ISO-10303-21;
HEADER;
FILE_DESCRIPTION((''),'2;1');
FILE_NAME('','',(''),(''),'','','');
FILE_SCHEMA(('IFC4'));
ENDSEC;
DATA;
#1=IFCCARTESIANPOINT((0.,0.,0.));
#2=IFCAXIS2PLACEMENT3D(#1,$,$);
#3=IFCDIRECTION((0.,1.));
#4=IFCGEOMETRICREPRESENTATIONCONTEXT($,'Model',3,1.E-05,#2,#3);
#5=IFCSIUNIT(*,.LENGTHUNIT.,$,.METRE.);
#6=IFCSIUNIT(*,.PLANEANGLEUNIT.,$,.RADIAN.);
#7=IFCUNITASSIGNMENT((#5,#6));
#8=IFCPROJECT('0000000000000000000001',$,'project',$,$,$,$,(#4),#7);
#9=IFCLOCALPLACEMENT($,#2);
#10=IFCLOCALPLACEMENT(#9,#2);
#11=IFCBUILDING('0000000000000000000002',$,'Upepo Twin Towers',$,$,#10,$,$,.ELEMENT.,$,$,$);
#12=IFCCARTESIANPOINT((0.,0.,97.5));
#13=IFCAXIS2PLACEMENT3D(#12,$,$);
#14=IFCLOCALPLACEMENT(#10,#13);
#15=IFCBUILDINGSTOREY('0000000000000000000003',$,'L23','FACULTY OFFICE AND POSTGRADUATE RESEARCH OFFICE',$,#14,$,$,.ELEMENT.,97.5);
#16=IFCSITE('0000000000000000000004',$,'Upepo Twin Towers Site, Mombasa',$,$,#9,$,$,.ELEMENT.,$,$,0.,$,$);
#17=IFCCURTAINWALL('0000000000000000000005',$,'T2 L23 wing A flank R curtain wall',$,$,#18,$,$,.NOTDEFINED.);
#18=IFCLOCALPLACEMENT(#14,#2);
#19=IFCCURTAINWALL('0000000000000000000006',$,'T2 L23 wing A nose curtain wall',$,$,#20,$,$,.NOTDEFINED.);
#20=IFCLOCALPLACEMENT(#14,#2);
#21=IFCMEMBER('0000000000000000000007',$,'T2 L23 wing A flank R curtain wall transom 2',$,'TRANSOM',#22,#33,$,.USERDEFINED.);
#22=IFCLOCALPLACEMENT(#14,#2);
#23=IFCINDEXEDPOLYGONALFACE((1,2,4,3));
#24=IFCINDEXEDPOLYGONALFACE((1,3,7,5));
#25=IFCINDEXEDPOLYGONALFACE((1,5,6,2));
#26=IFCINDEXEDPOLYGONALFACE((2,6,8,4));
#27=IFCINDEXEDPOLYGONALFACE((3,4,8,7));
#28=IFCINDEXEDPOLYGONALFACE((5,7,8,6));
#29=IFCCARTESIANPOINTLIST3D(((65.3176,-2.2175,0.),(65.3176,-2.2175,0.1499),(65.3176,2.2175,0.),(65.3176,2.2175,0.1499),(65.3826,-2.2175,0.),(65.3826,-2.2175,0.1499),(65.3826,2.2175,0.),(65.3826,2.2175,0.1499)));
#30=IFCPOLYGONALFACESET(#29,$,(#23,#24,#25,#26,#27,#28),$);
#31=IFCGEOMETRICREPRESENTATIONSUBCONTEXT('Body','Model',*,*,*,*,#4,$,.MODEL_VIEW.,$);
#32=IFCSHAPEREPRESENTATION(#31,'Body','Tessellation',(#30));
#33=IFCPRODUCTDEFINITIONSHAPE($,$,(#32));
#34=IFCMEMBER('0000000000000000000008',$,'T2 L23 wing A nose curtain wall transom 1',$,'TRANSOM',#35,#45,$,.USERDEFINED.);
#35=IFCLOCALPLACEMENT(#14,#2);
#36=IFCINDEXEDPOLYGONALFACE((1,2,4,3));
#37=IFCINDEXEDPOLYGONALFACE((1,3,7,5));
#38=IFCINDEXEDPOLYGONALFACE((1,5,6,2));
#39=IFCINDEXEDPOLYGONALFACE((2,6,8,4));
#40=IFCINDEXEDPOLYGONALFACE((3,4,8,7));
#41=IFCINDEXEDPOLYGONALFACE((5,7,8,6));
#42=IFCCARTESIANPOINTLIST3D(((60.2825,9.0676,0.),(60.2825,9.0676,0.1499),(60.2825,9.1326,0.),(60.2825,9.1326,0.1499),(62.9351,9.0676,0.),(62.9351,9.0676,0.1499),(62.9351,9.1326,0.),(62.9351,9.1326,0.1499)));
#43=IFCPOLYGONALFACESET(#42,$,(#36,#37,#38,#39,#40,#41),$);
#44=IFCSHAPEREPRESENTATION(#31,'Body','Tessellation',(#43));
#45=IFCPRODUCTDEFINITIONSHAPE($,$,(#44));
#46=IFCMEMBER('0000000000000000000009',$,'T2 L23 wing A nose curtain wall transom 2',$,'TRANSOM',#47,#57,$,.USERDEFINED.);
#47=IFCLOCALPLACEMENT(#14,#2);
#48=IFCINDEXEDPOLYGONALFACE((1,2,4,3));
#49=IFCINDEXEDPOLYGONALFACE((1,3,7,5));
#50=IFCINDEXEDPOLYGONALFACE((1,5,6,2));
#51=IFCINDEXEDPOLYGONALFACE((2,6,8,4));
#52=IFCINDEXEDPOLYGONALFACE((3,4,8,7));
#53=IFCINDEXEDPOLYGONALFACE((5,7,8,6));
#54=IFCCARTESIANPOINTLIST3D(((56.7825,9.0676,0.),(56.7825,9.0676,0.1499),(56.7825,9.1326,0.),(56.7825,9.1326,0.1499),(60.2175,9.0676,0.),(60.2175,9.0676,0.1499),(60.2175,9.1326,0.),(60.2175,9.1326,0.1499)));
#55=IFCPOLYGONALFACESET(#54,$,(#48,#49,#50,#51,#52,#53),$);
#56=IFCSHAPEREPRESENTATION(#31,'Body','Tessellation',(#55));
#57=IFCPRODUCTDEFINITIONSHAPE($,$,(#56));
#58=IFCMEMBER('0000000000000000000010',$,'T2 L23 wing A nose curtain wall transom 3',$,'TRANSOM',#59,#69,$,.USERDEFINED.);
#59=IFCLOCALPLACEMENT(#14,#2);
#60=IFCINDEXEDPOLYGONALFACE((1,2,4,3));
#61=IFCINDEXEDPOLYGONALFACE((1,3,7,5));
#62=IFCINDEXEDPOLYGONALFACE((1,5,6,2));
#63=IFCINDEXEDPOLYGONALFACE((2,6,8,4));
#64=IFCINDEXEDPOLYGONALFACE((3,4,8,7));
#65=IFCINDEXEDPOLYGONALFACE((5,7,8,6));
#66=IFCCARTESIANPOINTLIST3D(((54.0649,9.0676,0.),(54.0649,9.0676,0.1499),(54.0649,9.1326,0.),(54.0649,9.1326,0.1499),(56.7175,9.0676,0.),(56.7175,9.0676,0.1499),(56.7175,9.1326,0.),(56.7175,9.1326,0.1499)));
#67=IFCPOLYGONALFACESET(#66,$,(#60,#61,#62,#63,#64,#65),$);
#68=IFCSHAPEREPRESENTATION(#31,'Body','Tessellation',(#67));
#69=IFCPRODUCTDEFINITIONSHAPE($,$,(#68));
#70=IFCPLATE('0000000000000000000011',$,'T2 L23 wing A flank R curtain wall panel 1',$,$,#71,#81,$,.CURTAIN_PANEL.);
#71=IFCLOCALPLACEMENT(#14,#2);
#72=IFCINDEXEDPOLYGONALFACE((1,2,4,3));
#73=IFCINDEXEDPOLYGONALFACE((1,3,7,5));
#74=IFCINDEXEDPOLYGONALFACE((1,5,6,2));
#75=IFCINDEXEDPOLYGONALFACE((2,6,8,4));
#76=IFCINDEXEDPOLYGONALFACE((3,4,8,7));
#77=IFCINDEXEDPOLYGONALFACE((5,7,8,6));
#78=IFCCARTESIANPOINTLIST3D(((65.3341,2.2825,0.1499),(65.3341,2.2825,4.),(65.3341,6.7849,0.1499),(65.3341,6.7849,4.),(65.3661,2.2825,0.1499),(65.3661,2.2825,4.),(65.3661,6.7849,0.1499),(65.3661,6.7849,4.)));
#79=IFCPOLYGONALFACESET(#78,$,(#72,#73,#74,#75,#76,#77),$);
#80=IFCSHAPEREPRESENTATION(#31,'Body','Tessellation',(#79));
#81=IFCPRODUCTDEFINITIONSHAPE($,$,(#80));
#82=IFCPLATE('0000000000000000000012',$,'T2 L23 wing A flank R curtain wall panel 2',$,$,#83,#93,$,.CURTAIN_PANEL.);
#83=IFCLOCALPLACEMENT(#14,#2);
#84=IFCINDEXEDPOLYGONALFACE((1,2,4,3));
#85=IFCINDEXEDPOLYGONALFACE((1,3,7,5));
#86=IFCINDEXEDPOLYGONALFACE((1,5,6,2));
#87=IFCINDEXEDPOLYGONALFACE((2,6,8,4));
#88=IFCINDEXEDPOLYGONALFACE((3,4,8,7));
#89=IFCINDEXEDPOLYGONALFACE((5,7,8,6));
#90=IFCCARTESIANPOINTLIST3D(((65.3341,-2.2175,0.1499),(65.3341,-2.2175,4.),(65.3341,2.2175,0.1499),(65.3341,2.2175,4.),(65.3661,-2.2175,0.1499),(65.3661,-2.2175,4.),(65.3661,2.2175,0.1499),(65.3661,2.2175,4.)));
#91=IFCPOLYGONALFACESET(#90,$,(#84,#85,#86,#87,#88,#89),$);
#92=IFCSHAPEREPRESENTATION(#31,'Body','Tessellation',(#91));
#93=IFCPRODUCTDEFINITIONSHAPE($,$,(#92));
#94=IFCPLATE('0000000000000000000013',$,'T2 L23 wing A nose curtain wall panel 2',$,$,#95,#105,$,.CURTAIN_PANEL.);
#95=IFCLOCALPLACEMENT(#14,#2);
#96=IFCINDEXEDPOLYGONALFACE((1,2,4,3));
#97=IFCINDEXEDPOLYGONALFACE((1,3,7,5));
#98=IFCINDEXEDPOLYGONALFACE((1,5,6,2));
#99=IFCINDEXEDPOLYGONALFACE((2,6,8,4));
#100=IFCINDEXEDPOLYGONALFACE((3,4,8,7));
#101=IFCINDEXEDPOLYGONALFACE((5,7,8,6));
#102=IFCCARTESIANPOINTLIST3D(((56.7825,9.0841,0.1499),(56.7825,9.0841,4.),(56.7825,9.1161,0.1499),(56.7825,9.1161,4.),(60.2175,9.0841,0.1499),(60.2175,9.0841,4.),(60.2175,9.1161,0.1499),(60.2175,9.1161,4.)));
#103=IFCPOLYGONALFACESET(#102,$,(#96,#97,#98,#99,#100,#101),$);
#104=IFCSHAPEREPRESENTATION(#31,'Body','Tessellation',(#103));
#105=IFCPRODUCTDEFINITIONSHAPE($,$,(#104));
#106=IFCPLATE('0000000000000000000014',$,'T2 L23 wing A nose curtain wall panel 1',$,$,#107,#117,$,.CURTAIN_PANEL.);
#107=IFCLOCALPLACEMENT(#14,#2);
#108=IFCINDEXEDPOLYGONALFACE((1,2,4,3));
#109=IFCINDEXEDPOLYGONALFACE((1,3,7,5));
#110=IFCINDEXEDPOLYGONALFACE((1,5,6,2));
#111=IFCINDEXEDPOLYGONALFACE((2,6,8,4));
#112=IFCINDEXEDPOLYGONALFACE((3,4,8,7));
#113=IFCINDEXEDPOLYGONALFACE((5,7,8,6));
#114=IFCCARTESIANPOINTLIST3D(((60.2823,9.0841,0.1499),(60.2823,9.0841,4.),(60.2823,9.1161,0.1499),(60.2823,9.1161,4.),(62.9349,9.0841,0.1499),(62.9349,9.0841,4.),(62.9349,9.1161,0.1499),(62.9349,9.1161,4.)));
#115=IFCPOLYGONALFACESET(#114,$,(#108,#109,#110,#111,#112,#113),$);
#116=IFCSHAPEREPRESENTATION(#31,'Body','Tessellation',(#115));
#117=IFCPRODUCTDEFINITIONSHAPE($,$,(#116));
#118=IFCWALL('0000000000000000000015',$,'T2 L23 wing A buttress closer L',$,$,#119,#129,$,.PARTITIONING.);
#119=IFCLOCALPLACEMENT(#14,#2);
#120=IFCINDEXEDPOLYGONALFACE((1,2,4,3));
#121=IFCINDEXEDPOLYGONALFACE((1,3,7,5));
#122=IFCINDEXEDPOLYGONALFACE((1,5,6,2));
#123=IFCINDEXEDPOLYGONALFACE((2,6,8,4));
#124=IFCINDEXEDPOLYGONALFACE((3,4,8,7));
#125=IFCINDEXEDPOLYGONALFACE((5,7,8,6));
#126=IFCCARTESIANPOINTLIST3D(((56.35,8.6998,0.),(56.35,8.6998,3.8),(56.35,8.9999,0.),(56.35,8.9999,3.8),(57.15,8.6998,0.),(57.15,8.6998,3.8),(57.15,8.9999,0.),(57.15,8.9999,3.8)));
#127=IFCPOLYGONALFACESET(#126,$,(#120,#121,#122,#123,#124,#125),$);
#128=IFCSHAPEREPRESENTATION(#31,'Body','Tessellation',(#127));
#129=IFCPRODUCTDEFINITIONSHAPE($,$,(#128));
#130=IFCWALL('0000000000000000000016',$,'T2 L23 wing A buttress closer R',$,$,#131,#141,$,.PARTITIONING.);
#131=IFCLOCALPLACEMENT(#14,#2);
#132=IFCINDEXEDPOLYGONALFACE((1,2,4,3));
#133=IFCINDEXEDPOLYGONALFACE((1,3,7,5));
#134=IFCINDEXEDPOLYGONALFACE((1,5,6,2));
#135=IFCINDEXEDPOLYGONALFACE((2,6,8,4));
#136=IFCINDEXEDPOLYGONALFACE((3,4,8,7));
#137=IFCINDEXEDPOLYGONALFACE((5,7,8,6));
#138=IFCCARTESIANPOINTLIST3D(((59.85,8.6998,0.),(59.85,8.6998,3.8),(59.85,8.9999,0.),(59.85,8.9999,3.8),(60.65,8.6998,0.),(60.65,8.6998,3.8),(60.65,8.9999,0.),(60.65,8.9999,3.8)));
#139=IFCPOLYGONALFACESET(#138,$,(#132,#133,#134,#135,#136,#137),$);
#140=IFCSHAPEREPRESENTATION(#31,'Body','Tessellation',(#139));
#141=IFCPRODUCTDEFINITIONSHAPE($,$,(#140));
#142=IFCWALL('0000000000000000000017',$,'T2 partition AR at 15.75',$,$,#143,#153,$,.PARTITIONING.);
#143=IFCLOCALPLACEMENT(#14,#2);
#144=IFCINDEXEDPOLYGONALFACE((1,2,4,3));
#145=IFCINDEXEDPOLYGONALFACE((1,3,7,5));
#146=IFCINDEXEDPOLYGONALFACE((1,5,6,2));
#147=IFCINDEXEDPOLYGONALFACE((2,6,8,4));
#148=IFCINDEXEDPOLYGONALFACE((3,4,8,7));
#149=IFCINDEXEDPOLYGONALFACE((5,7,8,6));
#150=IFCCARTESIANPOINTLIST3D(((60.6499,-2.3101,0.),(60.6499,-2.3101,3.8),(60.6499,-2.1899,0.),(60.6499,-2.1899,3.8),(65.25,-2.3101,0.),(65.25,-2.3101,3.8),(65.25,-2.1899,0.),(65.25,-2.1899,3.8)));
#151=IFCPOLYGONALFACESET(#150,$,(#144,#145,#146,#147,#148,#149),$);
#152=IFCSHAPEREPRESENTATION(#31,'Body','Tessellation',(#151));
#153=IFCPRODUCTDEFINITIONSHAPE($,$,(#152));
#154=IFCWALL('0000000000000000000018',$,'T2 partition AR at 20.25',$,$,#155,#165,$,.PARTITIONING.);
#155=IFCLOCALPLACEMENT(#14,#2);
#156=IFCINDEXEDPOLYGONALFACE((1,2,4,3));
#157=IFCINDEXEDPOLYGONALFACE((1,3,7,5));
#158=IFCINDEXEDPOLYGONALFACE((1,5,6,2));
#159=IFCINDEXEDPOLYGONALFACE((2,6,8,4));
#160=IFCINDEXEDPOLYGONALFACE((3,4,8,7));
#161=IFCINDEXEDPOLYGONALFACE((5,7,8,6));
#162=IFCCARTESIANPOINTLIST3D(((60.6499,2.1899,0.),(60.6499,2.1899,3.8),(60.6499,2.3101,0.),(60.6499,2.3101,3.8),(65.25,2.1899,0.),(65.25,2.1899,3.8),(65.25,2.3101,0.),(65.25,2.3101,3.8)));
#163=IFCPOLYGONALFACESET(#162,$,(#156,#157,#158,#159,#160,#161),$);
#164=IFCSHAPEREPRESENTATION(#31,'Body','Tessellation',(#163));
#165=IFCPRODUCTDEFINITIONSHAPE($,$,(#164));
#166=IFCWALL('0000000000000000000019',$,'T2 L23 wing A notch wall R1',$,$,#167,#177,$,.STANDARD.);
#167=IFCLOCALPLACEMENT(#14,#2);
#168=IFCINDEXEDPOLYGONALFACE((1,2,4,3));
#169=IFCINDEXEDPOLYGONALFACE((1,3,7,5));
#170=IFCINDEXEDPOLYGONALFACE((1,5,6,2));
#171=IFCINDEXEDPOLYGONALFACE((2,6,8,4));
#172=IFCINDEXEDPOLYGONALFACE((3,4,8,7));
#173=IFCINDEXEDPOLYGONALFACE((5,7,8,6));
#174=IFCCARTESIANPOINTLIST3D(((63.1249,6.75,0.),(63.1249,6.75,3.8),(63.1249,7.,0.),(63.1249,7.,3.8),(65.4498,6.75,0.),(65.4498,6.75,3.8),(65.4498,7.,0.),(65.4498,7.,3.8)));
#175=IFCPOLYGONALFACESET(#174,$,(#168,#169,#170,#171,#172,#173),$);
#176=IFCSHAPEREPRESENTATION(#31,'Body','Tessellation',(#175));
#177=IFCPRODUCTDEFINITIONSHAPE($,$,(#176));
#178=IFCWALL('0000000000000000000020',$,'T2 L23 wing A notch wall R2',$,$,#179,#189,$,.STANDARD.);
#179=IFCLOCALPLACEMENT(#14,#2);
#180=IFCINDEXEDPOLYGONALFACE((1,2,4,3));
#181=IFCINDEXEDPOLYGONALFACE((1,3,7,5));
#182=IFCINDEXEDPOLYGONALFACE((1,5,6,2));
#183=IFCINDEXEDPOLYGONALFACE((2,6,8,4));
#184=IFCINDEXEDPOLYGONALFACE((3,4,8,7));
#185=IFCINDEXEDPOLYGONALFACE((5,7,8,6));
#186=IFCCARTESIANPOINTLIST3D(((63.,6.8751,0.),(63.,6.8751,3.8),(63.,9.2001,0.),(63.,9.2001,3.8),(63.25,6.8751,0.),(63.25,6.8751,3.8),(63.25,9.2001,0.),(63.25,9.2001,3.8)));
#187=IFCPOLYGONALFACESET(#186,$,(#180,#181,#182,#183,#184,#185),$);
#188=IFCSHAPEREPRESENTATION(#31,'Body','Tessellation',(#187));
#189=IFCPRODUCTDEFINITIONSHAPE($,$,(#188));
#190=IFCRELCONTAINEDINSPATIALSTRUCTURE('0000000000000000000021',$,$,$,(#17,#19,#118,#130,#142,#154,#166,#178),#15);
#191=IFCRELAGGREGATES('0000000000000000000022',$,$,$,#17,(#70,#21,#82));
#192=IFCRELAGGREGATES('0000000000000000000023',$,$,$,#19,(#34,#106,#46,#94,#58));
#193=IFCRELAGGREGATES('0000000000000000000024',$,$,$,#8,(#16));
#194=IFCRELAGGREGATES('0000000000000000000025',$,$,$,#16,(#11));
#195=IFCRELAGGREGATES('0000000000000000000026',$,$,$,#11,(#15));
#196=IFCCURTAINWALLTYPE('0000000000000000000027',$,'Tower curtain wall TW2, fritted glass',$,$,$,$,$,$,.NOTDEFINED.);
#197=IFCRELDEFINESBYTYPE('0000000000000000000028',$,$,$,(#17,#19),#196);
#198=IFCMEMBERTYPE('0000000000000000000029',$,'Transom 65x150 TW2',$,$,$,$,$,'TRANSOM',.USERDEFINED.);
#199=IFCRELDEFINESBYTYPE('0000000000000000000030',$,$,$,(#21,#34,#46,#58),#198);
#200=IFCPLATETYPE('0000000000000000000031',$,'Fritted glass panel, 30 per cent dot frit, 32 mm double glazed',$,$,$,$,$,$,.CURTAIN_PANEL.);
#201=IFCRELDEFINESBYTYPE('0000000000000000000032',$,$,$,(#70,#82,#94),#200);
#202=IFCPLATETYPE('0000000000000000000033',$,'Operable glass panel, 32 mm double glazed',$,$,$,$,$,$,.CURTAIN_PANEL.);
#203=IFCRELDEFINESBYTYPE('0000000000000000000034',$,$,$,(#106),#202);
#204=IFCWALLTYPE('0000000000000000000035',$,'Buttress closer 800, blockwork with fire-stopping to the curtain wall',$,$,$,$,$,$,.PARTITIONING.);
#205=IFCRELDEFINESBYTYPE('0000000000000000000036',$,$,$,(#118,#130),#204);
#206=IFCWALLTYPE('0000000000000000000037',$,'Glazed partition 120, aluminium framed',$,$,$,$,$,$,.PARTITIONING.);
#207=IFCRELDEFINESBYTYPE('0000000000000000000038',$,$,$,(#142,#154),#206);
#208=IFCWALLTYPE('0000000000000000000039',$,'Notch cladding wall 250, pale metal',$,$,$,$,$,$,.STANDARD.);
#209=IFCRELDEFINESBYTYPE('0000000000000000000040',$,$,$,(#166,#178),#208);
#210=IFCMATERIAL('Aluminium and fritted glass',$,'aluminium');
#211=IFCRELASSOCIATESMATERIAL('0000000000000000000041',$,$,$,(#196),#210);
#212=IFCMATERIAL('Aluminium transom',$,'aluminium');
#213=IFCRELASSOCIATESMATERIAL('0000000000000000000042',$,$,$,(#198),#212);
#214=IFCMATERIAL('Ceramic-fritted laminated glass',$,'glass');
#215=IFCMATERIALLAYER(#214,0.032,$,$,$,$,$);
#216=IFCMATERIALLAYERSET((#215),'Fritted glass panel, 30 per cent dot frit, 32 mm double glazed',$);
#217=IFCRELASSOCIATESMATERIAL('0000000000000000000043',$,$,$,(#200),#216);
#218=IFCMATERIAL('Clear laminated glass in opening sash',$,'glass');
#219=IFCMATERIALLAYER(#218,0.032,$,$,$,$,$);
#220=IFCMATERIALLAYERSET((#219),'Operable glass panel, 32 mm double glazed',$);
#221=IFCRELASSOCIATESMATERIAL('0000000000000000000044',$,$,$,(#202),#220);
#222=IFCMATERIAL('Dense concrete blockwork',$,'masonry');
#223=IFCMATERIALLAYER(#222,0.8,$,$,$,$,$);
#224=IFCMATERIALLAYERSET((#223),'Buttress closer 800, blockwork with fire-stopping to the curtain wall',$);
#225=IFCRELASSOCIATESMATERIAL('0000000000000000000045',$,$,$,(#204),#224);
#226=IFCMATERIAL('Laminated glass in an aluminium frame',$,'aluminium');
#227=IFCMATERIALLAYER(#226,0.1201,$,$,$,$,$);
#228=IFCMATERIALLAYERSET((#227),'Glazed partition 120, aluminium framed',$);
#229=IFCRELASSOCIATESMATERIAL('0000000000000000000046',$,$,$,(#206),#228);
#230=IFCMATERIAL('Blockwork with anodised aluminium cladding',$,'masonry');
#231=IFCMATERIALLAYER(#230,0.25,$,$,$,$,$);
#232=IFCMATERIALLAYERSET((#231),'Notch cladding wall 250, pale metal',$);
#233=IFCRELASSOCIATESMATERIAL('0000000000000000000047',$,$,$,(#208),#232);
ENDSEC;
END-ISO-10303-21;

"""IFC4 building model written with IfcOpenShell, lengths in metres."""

from ifc_helpers import new_model, si_unit, direction, frame, frame_2d, origin, origin_2d, place, context, subcontext, project, spatial, rectangle, extrude, material, layer, layer_set, material_profile, profile_set, type_object, element, aggregate, save


model = new_model("IFC4")

# Units and contexts
model_context = context("Model", 3, precision=1e-05, world=origin(), true_north=direction((0.0, 1.0)))
body_context = subcontext(model_context, "Body", "Model", "MODEL_VIEW")
ifc_project = project(units=[si_unit("LENGTHUNIT", "METRE"), si_unit("PLANEANGLEUNIT", "RADIAN")], contexts=[model_context])

# Site, building, storey
site_placement = place(None, origin())
site = spatial("IfcSite", under=ifc_project, at=site_placement, Name="Upepo Twin Towers Site, Mombasa", CompositionType="ELEMENT", RefElevation=0.0)
building_placement = place(site_placement, origin())
building = spatial("IfcBuilding", under=site, at=building_placement, Name="Upepo Twin Towers", CompositionType="ELEMENT")
storey_placement = place(building_placement, frame((0.0, 0.0, 97.5)))
storey = spatial("IfcBuildingStorey", under=building, at=storey_placement, Name="L23", Description="FACULTY OFFICE AND POSTGRADUATE RESEARCH OFFICE", CompositionType="ELEMENT", Elevation=97.5)

# Curtain walls
ifc_material_1 = material(Name="Aluminium and fritted glass", Category="aluminium")
curtain_wall_type = type_object("IfcCurtainWallType", Name="Tower curtain wall TW2, fritted glass", PredefinedType="NOTDEFINED", material=ifc_material_1)
curtain_wall_1_placement = place(storey_placement, origin())
curtain_wall_1 = element("IfcCurtainWall", 1, at=curtain_wall_1_placement, inside=storey, type_object=curtain_wall_type, Name="T2 L23 wing A flank R curtain wall", PredefinedType="NOTDEFINED")
curtain_wall_2_placement = place(storey_placement, origin())
curtain_wall_2 = element("IfcCurtainWall", 2, at=curtain_wall_2_placement, inside=storey, type_object=curtain_wall_type, Name="T2 L23 wing A nose curtain wall", PredefinedType="NOTDEFINED")

# Members
ifc_material_2 = material(Name="Aluminium transom", Category="aluminium")
ifc_material_profile_1 = material_profile(ifc_material_2, rectangle(XDim=0.0649, YDim=0.1499, at=origin_2d()), Name="TRANSOM 65x150")
ifc_profile_set_1 = profile_set([ifc_material_profile_1], Name="Aluminium transom")
member_type_1 = type_object("IfcMemberType", Name="Transom 65x150 TW2", ElementType="TRANSOM", PredefinedType="USERDEFINED", material=ifc_profile_set_1)
member_1_placement = place(storey_placement, frame((65.3501, 2.2175, 0.075), z_axis=(0.0, -1.0, 0.0), x_axis=(1.0, 0.0, 0.0)))
member_1 = element("IfcMember", 3, at=member_1_placement, type_object=member_type_1, Name="T2 L23 wing A flank R curtain wall transom 2", ObjectType="TRANSOM", PredefinedType="USERDEFINED", context=body_context, shape_type="SweptSolid", body=[
    extrude(rectangle(XDim=0.0649, YDim=0.1499, at=origin_2d()), origin(), (0.0, 0.0, 1.0), 4.4351),
])
member_2_placement = place(storey_placement, frame((62.9351, 9.1001, 0.075), z_axis=(-1.0, 0.0, 0.0), x_axis=(0.0, -1.0, 0.0)))
member_2 = element("IfcMember", 4, at=member_2_placement, type_object=member_type_1, Name="T2 L23 wing A nose curtain wall transom 1", ObjectType="TRANSOM", PredefinedType="USERDEFINED", context=body_context, shape_type="SweptSolid", body=[
    extrude(rectangle(XDim=0.0649, YDim=0.1499, at=origin_2d()), origin(), (0.0, 0.0, 1.0), 2.6526),
])
member_3_placement = place(storey_placement, frame((60.2175, 9.1001, 0.075), z_axis=(-1.0, 0.0, 0.0), x_axis=(0.0, -1.0, 0.0)))
member_3 = element("IfcMember", 5, at=member_3_placement, type_object=member_type_1, Name="T2 L23 wing A nose curtain wall transom 2", ObjectType="TRANSOM", PredefinedType="USERDEFINED", context=body_context, shape_type="SweptSolid", body=[
    extrude(rectangle(XDim=0.0649, YDim=0.1499, at=origin_2d()), origin(), (0.0, 0.0, 1.0), 3.4351),
])
member_4_placement = place(storey_placement, frame((56.7175, 9.1001, 0.075), z_axis=(-1.0, 0.0, 0.0), x_axis=(0.0, -1.0, 0.0)))
member_4 = element("IfcMember", 6, at=member_4_placement, type_object=member_type_1, Name="T2 L23 wing A nose curtain wall transom 3", ObjectType="TRANSOM", PredefinedType="USERDEFINED", context=body_context, shape_type="SweptSolid", body=[
    extrude(rectangle(XDim=0.0649, YDim=0.1499, at=origin_2d()), origin(), (0.0, 0.0, 1.0), 2.6526),
])

# Plates
ifc_material_3 = material(Name="Ceramic-fritted laminated glass", Category="glass")
ifc_layer_1 = layer(ifc_material_3, 0.032)
ifc_layer_set_1 = layer_set([ifc_layer_1], Name="Fritted glass panel, 30 per cent dot frit, 32 mm double glazed")
plate_type_1 = type_object("IfcPlateType", Name="Fritted glass panel, 30 per cent dot frit, 32 mm double glazed", PredefinedType="CURTAIN_PANEL", material=ifc_layer_set_1)
plate_1_placement = place(storey_placement, frame((65.3501, 4.5337, 0.1499), z_axis=(0.0, 0.0, 1.0), x_axis=(0.0, -1.0, 0.0)))
plate_1 = element("IfcPlate", 7, at=plate_1_placement, type_object=plate_type_1, Name="T2 L23 wing A flank R curtain wall panel 1", PredefinedType="CURTAIN_PANEL", context=body_context, shape_type="SweptSolid", body=[
    extrude(rectangle(XDim=4.5024, YDim=0.032, at=origin_2d()), origin(), (0.0, 0.0, 1.0), 3.8501),
])
plate_2_placement = place(storey_placement, frame((65.3501, 0.0, 0.1499), z_axis=(0.0, 0.0, 1.0), x_axis=(0.0, -1.0, 0.0)))
plate_2 = element("IfcPlate", 8, at=plate_2_placement, type_object=plate_type_1, Name="T2 L23 wing A flank R curtain wall panel 2", PredefinedType="CURTAIN_PANEL", context=body_context, shape_type="SweptSolid", body=[
    extrude(rectangle(XDim=4.4351, YDim=0.032, at=origin_2d()), origin(), (0.0, 0.0, 1.0), 3.8501),
])
aggregate(curtain_wall_1, [plate_1, member_1, plate_2])
plate_3_placement = place(storey_placement, frame((58.5, 9.1001, 0.1499), z_axis=(0.0, 0.0, 1.0), x_axis=(-1.0, 0.0, 0.0)))
plate_3 = element("IfcPlate", 9, at=plate_3_placement, type_object=plate_type_1, Name="T2 L23 wing A nose curtain wall panel 2", PredefinedType="CURTAIN_PANEL", context=body_context, shape_type="SweptSolid", body=[
    extrude(rectangle(XDim=3.4351, YDim=0.032, at=origin_2d()), origin(), (0.0, 0.0, 1.0), 3.8501),
])
ifc_material_4 = material(Name="Clear laminated glass in opening sash", Category="glass")
ifc_layer_2 = layer(ifc_material_4, 0.032)
ifc_layer_set_2 = layer_set([ifc_layer_2], Name="Operable glass panel, 32 mm double glazed")
plate_type_2 = type_object("IfcPlateType", Name="Operable glass panel, 32 mm double glazed", PredefinedType="CURTAIN_PANEL", material=ifc_layer_set_2)
plate_4_placement = place(storey_placement, frame((61.6086, 9.1001, 0.1499), z_axis=(0.0, 0.0, 1.0), x_axis=(-1.0, 0.0, 0.0)))
plate_4 = element("IfcPlate", 10, at=plate_4_placement, type_object=plate_type_2, Name="T2 L23 wing A nose curtain wall panel 1", PredefinedType="CURTAIN_PANEL", context=body_context, shape_type="SweptSolid", body=[
    extrude(rectangle(XDim=2.6526, YDim=0.032, at=origin_2d()), origin(), (0.0, 0.0, 1.0), 3.8501),
])
aggregate(curtain_wall_2, [member_2, plate_4, member_3, plate_3, member_4])

# Walls
ifc_material_5 = material(Name="Dense concrete blockwork", Category="masonry")
ifc_layer_3 = layer(ifc_material_5, 0.8)
ifc_layer_set_3 = layer_set([ifc_layer_3], Name="Buttress closer 800, blockwork with fire-stopping to the curtain wall")
wall_type_1 = type_object("IfcWallType", Name="Buttress closer 800, blockwork with fire-stopping to the curtain wall", PredefinedType="PARTITIONING", material=ifc_layer_set_3)
for number, where, z_axis, x_axis, name in (
    (11, (56.75, 8.7, 0.0), (0.0, 0.0, 1.0), (0.0, 1.0, 0.0), "T2 L23 wing A buttress closer L"),
    (12, (60.25, 8.7, 0.0), (0.0, 0.0, 1.0), (0.0, 1.0, 0.0), "T2 L23 wing A buttress closer R"),
):
    element("IfcWall", number, at=place(storey_placement, frame(where, z_axis=z_axis, x_axis=x_axis)), inside=storey, type_object=wall_type_1, Name=name, PredefinedType="PARTITIONING", context=body_context, shape_type="SweptSolid", body=[
        extrude(rectangle(XDim=0.3, YDim=0.8, at=frame_2d((0.1499, 0.0))), origin(), (0.0, 0.0, 1.0), 3.8),
    ])
ifc_material_6 = material(Name="Laminated glass in an aluminium frame", Category="aluminium")
ifc_layer_4 = layer(ifc_material_6, 0.1201)
ifc_layer_set_4 = layer_set([ifc_layer_4], Name="Glazed partition 120, aluminium framed")
wall_type_2 = type_object("IfcWallType", Name="Glazed partition 120, aluminium framed", PredefinedType="PARTITIONING", material=ifc_layer_set_4)
for number, where, z_axis, x_axis, name in (
    (13, (60.6499, -2.25, 0.0), (0.0, 0.0, 1.0), (1.0, 0.0, 0.0), "T2 partition AR at 15.75"),
    (14, (60.6499, 2.25, 0.0), (0.0, 0.0, 1.0), (1.0, 0.0, 0.0), "T2 partition AR at 20.25"),
):
    element("IfcWall", number, at=place(storey_placement, frame(where, z_axis=z_axis, x_axis=x_axis)), inside=storey, type_object=wall_type_2, Name=name, PredefinedType="PARTITIONING", context=body_context, shape_type="SweptSolid", body=[
        extrude(rectangle(XDim=4.6001, YDim=0.1201, at=frame_2d((2.3, 0.0))), origin(), (0.0, 0.0, 1.0), 3.8),
    ])
ifc_material_7 = material(Name="Blockwork with anodised aluminium cladding", Category="masonry")
ifc_layer_5 = layer(ifc_material_7, 0.25)
ifc_layer_set_5 = layer_set([ifc_layer_5], Name="Notch cladding wall 250, pale metal")
wall_type_3 = type_object("IfcWallType", Name="Notch cladding wall 250, pale metal", PredefinedType="STANDARD", material=ifc_layer_set_5)
for number, where, z_axis, x_axis, name in (
    (15, (65.45, 6.875, 0.0), (0.0, 0.0, 1.0), (-1.0, 0.0, 0.0), "T2 L23 wing A notch wall R1"),
    (16, (63.125, 6.875, 0.0), (0.0, 0.0, 1.0), (0.0, 1.0, 0.0), "T2 L23 wing A notch wall R2"),
):
    element("IfcWall", number, at=place(storey_placement, frame(where, z_axis=z_axis, x_axis=x_axis)), inside=storey, type_object=wall_type_3, Name=name, PredefinedType="STANDARD", context=body_context, shape_type="SweptSolid", body=[
        extrude(rectangle(XDim=2.325, YDim=0.25, at=frame_2d((1.1626, 0.0))), origin(), (0.0, 0.0, 1.0), 3.8),
    ])

save(model, "model.ifc")
